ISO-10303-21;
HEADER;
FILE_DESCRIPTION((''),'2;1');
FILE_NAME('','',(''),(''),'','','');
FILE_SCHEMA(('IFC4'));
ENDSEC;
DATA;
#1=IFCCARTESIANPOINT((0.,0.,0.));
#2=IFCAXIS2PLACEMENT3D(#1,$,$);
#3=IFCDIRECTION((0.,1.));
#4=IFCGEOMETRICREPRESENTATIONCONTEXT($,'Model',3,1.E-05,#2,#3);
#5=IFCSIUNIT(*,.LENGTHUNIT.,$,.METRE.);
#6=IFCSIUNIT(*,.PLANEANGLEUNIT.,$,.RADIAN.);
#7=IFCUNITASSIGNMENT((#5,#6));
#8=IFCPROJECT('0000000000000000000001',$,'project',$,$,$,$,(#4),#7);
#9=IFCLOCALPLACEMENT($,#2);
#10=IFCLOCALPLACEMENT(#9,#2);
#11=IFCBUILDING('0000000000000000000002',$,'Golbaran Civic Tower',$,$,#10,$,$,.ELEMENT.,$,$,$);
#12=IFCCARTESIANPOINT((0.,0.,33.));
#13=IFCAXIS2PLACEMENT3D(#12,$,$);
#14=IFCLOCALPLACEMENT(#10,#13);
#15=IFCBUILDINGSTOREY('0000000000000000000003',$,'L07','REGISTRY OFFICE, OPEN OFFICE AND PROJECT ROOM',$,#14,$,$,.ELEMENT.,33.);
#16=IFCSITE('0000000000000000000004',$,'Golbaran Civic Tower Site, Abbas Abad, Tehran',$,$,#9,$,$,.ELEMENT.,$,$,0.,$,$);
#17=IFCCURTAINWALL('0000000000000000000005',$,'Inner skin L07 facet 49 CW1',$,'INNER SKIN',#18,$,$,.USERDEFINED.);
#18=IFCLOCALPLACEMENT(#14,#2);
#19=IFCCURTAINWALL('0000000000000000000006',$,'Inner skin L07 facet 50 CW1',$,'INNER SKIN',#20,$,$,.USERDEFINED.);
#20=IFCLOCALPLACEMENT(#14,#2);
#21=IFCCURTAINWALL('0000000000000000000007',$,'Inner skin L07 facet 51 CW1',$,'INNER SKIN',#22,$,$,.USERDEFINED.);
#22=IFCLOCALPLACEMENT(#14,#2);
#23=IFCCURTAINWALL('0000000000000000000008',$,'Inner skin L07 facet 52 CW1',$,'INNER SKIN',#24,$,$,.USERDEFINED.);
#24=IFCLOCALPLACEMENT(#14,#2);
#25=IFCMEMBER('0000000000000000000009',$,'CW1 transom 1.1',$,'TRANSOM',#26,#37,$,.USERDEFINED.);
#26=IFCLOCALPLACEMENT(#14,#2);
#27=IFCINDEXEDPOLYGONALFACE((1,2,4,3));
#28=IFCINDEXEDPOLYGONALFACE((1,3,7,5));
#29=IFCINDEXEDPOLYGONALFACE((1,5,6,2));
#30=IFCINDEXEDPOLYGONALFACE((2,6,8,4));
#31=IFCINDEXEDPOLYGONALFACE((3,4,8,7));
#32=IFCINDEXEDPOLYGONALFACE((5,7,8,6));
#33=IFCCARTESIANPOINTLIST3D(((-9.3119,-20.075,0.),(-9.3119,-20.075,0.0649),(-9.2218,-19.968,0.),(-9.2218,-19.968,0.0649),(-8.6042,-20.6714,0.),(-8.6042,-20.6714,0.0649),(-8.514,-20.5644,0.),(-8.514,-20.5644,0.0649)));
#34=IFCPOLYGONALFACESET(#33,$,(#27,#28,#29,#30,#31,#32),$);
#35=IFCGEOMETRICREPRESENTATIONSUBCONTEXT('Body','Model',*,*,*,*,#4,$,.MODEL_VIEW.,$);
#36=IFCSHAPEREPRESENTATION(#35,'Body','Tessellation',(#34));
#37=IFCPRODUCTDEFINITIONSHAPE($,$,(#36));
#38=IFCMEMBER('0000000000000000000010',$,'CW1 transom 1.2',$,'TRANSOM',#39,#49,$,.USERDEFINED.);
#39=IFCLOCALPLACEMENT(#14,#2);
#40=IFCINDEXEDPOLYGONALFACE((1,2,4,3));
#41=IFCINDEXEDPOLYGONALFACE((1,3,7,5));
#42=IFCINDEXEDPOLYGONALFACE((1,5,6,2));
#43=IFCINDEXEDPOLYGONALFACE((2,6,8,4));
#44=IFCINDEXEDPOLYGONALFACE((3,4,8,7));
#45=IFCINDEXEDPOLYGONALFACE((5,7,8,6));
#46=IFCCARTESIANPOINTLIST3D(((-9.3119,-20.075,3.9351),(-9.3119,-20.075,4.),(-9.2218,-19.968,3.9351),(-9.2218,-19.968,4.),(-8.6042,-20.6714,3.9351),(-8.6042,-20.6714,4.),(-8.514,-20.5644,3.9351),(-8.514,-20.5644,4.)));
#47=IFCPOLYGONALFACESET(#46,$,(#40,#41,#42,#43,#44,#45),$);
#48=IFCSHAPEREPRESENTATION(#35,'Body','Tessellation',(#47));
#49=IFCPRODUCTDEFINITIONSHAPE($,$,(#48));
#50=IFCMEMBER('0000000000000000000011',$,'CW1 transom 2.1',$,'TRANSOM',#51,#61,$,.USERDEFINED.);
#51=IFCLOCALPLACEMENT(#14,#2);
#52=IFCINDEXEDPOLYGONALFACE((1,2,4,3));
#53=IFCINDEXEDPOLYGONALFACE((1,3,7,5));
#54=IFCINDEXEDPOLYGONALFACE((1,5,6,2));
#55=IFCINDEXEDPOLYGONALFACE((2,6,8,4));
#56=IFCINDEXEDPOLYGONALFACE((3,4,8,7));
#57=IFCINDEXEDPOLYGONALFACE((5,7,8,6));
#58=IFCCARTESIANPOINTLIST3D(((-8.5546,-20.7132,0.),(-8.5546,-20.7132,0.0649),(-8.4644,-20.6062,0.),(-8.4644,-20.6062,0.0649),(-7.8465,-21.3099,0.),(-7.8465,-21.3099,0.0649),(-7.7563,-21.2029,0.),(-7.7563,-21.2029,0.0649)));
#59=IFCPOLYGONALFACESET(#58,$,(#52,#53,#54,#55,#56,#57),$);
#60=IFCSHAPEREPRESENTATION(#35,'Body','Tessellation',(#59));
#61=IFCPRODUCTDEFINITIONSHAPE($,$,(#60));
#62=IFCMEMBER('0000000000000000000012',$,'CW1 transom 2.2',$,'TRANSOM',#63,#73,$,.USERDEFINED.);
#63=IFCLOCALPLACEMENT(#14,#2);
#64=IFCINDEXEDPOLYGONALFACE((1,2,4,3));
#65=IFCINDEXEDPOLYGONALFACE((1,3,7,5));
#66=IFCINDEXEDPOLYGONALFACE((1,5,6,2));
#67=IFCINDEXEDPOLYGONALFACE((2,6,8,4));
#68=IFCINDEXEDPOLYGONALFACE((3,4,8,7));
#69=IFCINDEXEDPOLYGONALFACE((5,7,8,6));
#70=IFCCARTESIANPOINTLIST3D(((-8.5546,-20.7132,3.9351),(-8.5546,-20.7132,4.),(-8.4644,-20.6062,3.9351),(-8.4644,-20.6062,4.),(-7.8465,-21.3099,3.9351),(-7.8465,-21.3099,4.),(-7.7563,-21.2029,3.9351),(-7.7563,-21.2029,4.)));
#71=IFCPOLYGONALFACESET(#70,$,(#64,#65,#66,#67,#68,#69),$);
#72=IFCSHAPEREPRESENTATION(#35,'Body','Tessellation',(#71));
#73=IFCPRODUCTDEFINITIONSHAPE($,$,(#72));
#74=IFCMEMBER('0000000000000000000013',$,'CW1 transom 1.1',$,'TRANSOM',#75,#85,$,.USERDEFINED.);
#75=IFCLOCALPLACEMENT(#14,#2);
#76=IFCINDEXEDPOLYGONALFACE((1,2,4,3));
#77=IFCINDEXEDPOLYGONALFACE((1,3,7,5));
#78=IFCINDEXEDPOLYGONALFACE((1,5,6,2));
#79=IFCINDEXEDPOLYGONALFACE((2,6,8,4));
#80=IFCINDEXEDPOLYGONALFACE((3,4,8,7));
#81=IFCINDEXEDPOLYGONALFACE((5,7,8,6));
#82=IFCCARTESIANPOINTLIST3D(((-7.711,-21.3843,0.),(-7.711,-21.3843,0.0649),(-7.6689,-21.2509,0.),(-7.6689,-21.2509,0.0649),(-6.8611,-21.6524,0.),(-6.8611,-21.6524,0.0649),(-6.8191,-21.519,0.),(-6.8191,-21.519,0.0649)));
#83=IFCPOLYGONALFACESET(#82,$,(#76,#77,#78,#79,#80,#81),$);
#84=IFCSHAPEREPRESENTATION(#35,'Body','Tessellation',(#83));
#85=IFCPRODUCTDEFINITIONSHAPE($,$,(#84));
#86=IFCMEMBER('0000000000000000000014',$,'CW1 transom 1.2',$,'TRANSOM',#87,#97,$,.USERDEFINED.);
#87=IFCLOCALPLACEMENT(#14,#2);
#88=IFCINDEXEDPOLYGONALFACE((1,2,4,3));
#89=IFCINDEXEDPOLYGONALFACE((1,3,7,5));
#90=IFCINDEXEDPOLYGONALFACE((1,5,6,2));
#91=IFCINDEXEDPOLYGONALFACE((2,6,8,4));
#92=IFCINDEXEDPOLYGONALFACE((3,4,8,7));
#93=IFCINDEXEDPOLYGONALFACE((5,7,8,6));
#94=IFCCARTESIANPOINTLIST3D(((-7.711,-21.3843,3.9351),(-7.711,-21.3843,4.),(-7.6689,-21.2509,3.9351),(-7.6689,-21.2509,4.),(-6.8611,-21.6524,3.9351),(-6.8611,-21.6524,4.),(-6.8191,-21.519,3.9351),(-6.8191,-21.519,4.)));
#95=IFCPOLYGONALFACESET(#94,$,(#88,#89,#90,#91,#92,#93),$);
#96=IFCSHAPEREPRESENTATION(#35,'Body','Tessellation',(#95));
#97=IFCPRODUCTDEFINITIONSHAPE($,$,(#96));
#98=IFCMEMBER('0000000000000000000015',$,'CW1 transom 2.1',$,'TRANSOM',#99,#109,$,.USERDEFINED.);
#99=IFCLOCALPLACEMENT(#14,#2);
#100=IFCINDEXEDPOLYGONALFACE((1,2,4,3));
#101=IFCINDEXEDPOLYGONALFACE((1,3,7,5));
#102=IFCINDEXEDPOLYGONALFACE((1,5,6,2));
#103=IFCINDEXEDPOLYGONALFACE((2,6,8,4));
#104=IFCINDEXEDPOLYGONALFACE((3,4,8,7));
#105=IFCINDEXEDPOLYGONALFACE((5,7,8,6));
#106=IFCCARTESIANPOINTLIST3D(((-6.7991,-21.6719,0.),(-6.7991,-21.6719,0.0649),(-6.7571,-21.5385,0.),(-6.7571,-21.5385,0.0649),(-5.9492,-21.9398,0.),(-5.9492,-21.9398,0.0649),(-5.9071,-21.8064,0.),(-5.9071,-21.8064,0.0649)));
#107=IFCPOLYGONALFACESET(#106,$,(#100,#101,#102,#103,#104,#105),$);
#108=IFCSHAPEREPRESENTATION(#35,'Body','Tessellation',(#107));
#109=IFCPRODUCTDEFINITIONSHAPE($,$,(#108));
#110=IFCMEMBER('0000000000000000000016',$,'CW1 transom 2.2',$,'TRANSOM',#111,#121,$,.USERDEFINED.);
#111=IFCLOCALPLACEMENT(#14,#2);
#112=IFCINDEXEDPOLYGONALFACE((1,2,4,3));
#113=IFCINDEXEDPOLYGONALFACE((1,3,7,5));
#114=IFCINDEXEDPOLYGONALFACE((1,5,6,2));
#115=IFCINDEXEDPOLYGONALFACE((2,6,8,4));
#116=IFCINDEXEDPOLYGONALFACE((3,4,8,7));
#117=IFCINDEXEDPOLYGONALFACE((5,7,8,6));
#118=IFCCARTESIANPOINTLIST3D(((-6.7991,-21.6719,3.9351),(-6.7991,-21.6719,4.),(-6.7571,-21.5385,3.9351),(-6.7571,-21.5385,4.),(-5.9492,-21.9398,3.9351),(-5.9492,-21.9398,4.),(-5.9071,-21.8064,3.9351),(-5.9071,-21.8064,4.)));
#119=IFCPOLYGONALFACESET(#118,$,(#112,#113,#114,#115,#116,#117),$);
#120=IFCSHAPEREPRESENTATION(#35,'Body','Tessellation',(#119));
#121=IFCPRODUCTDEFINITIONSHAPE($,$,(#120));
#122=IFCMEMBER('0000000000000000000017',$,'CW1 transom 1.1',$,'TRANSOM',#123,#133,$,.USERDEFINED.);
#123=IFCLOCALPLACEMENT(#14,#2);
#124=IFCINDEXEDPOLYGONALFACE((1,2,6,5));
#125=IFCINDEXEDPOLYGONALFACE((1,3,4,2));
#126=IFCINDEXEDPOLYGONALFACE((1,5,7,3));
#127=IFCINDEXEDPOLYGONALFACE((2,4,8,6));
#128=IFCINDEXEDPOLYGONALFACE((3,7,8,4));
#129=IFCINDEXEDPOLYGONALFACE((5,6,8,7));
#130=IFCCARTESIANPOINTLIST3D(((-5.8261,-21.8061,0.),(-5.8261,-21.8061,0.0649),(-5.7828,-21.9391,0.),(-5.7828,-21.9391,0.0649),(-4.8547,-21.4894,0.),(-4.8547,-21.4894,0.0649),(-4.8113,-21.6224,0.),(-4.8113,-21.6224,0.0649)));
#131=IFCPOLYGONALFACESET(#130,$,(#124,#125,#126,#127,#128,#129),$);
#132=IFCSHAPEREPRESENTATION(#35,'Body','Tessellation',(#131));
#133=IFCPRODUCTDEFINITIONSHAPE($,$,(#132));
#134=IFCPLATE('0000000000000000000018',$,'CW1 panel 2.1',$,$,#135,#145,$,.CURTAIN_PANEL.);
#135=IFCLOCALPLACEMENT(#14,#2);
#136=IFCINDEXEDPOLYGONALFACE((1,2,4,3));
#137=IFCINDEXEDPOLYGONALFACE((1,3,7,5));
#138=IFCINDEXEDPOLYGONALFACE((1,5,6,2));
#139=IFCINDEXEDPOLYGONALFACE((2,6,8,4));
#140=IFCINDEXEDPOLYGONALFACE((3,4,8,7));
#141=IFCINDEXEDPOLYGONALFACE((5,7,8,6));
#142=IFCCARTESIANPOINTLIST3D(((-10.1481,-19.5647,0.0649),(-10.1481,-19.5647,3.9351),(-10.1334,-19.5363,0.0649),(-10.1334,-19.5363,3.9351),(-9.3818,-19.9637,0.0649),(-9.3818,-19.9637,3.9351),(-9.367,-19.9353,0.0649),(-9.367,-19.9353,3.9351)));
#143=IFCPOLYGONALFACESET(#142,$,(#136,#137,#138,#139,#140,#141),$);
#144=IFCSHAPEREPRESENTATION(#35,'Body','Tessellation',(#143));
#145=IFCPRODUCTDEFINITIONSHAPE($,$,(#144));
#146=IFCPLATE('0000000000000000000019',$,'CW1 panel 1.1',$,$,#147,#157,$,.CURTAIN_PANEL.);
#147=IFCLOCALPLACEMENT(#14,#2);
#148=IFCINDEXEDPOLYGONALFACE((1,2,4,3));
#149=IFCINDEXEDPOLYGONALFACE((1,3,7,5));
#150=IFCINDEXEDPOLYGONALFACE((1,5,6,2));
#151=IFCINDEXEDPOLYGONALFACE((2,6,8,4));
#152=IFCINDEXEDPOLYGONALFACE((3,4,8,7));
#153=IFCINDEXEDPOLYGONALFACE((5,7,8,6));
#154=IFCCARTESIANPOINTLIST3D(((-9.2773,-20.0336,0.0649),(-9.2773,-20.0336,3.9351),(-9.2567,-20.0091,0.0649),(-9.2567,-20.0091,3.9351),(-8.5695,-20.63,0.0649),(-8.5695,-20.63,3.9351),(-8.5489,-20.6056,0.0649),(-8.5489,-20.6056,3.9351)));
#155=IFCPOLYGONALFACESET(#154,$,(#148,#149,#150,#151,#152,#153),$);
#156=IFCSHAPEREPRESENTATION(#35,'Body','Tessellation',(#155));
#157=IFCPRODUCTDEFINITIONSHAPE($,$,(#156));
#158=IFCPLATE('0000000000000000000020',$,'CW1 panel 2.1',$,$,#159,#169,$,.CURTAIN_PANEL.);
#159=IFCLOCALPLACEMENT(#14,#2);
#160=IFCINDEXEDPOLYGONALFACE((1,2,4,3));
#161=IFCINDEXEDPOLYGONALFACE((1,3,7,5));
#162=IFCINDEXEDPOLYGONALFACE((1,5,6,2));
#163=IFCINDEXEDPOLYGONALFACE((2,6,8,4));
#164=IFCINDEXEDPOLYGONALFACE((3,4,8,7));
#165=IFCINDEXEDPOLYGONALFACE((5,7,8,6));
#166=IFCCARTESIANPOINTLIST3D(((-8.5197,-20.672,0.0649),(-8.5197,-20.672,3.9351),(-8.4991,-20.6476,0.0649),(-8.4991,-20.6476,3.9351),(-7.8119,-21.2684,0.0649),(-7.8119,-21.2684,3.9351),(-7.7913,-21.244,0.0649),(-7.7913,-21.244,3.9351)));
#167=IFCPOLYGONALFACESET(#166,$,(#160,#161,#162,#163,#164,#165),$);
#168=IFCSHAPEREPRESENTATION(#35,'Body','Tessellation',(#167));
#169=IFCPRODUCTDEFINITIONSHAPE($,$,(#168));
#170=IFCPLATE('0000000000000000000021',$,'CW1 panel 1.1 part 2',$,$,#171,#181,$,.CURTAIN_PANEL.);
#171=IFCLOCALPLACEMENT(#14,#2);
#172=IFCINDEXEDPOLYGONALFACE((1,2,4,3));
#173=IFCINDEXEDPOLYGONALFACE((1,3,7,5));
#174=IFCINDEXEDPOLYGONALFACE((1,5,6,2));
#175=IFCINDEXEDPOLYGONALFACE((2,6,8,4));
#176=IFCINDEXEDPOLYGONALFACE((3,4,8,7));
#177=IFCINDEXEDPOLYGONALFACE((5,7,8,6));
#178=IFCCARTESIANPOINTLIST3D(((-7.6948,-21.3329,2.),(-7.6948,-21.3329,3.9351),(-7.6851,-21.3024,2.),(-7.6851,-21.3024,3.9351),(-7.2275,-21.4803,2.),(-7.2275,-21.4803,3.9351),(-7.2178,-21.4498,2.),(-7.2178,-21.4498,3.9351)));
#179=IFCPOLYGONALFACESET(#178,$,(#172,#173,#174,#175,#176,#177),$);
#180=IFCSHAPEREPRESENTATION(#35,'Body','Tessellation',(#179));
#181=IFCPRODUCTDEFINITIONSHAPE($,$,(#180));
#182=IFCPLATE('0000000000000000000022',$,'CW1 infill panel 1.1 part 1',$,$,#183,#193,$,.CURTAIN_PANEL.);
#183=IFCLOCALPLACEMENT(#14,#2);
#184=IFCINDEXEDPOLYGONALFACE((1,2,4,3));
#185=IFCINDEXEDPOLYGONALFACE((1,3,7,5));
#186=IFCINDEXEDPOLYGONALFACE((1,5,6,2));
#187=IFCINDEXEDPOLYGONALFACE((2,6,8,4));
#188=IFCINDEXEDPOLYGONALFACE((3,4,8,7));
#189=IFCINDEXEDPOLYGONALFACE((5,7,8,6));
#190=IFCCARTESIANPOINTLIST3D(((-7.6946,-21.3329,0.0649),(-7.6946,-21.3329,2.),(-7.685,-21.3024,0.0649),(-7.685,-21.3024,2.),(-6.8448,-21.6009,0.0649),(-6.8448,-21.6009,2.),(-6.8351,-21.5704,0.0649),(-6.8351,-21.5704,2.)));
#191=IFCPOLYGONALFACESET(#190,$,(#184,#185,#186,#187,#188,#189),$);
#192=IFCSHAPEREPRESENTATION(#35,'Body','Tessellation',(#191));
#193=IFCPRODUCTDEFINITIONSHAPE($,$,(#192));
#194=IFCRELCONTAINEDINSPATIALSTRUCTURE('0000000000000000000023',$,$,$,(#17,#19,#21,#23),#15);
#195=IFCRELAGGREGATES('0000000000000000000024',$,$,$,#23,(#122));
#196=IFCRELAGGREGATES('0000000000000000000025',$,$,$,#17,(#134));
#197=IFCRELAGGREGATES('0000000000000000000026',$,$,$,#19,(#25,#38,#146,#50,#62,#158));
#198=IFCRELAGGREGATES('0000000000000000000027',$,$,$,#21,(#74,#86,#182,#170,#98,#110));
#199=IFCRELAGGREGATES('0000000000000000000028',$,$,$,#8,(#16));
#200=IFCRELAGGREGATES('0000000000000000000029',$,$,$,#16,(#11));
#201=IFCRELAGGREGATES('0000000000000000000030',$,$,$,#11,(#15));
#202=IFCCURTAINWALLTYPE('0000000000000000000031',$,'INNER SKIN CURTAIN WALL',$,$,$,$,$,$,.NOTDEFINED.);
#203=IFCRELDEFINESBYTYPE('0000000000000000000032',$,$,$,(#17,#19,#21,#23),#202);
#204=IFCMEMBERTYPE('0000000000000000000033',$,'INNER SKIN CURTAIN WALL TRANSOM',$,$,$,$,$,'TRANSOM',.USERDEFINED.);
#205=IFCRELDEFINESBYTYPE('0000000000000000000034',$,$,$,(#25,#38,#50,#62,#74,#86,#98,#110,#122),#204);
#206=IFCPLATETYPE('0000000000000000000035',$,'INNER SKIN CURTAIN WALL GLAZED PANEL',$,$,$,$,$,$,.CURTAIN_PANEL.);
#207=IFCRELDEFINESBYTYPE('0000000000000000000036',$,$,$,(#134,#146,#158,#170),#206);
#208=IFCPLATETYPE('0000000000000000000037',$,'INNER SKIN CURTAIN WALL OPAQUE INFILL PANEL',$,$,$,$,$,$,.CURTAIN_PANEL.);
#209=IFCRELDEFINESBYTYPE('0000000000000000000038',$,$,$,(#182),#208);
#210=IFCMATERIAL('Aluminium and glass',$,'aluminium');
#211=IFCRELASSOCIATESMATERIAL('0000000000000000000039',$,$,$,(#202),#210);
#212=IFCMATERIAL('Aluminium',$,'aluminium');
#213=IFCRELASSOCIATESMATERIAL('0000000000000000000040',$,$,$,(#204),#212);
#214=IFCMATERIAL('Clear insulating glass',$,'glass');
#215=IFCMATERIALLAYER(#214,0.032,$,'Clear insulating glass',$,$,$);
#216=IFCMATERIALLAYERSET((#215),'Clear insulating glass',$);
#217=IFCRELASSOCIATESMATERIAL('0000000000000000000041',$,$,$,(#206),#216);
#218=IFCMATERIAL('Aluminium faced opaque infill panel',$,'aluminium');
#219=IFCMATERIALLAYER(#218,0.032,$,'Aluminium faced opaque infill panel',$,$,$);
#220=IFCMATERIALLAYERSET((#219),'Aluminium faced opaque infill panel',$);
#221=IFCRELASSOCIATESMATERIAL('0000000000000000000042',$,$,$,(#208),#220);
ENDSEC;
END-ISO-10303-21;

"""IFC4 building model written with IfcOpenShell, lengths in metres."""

from ifc_helpers import new_model, si_unit, direction, frame, origin, origin_2d, place, context, subcontext, project, spatial, rectangle, extrude, material, layer, layer_set, material_profile, profile_set, type_object, element, aggregate, save


model = new_model("IFC4")

# Units and contexts
model_context = context("Model", 3, precision=1e-05, world=origin(), true_north=direction((0.0, 1.0)))
body_context = subcontext(model_context, "Body", "Model", "MODEL_VIEW")
ifc_project = project(units=[si_unit("LENGTHUNIT", "METRE"), si_unit("PLANEANGLEUNIT", "RADIAN")], contexts=[model_context])

# Site, building, storey
site_placement = place(None, origin())
site = spatial("IfcSite", under=ifc_project, at=site_placement, Name="Golbaran Civic Tower Site, Abbas Abad, Tehran", CompositionType="ELEMENT", RefElevation=0.0)
building_placement = place(site_placement, origin())
building = spatial("IfcBuilding", under=site, at=building_placement, Name="Golbaran Civic Tower", CompositionType="ELEMENT")
storey_placement = place(building_placement, frame((0.0, 0.0, 33.0)))
storey = spatial("IfcBuildingStorey", under=building, at=storey_placement, Name="L07", Description="REGISTRY OFFICE, OPEN OFFICE AND PROJECT ROOM", CompositionType="ELEMENT", Elevation=33.0)

# Curtain walls
ifc_material_1 = material(Name="Aluminium and glass", Category="aluminium")
curtain_wall_type = type_object("IfcCurtainWallType", Name="INNER SKIN CURTAIN WALL", PredefinedType="NOTDEFINED", material=ifc_material_1)
curtain_wall_1_placement = place(storey_placement, origin())
curtain_wall_1 = element("IfcCurtainWall", 1, at=curtain_wall_1_placement, inside=storey, type_object=curtain_wall_type, Name="Inner skin L07 facet 49 CW1", ObjectType="INNER SKIN", PredefinedType="USERDEFINED")
ifc_material_2 = material(Name="Aluminium", Category="aluminium")
curtain_wall_2_placement = place(storey_placement, origin())
curtain_wall_2 = element("IfcCurtainWall", 2, at=curtain_wall_2_placement, inside=storey, type_object=curtain_wall_type, Name="Inner skin L07 facet 50 CW1", ObjectType="INNER SKIN", PredefinedType="USERDEFINED")
curtain_wall_3_placement = place(storey_placement, origin())
curtain_wall_3 = element("IfcCurtainWall", 3, at=curtain_wall_3_placement, inside=storey, type_object=curtain_wall_type, Name="Inner skin L07 facet 51 CW1", ObjectType="INNER SKIN", PredefinedType="USERDEFINED")

# Curtain wall
curtain_wall_4_placement = place(storey_placement, origin())
curtain_wall_4 = element("IfcCurtainWall", 4, at=curtain_wall_4_placement, inside=storey, type_object=curtain_wall_type, Name="Inner skin L07 facet 52 CW1", ObjectType="INNER SKIN", PredefinedType="USERDEFINED")

# Members
ifc_material_profile_1 = material_profile(ifc_material_2, rectangle(XDim=0.1399, YDim=0.0649, at=origin_2d()), Name="INNER SKIN CURTAIN WALL TRANSOM")
ifc_profile_set_1 = profile_set([ifc_material_profile_1], Name="Aluminium")
member_type_1 = type_object("IfcMemberType", Name="INNER SKIN CURTAIN WALL TRANSOM", ElementType="TRANSOM", PredefinedType="USERDEFINED", material=ifc_profile_set_1)
member_1_placement = place(storey_placement, frame((-9.2668, -20.0215, 0.0325), z_axis=(0.764685, -0.644404, 0.0), x_axis=(0.644404, 0.764685, 0.0)))
member_1 = element("IfcMember", 5, at=member_1_placement, type_object=member_type_1, Name="CW1 transom 1.1", ObjectType="TRANSOM", PredefinedType="USERDEFINED", context=body_context, shape_type="SweptSolid", body=[
    extrude(rectangle(XDim=0.1399, YDim=0.0649, at=origin_2d()), origin(), (0.0, 0.0, 1.0), 0.9255),
])
member_2_placement = place(storey_placement, frame((-9.2668, -20.0215, 3.9675), z_axis=(0.764685, -0.644404, 0.0), x_axis=(0.644404, 0.764685, 0.0)))
member_2 = element("IfcMember", 6, at=member_2_placement, type_object=member_type_1, Name="CW1 transom 1.2", ObjectType="TRANSOM", PredefinedType="USERDEFINED", context=body_context, shape_type="SweptSolid", body=[
    extrude(rectangle(XDim=0.1399, YDim=0.0649, at=origin_2d()), origin(), (0.0, 0.0, 1.0), 0.9255),
])
member_3_placement = place(storey_placement, frame((-8.5095, -20.6597, 0.0325), z_axis=(0.764665, -0.644428, 0.0), x_axis=(0.644428, 0.764665, 0.0)))
member_3 = element("IfcMember", 7, at=member_3_placement, type_object=member_type_1, Name="CW1 transom 2.1", ObjectType="TRANSOM", PredefinedType="USERDEFINED", context=body_context, shape_type="SweptSolid", body=[
    extrude(rectangle(XDim=0.1399, YDim=0.0649, at=origin_2d()), origin(), (0.0, 0.0, 1.0), 0.926),
])
member_4_placement = place(storey_placement, frame((-8.5095, -20.6597, 3.9675), z_axis=(0.764665, -0.644428, 0.0), x_axis=(0.644428, 0.764665, 0.0)))
member_4 = element("IfcMember", 8, at=member_4_placement, type_object=member_type_1, Name="CW1 transom 2.2", ObjectType="TRANSOM", PredefinedType="USERDEFINED", context=body_context, shape_type="SweptSolid", body=[
    extrude(rectangle(XDim=0.1399, YDim=0.0649, at=origin_2d()), origin(), (0.0, 0.0, 1.0), 0.926),
])
member_5_placement = place(storey_placement, frame((-7.6899, -21.3176, 0.0325), z_axis=(0.953682, -0.300817, 0.0), x_axis=(0.300817, 0.953682, 0.0)))
member_5 = element("IfcMember", 9, at=member_5_placement, type_object=member_type_1, Name="CW1 transom 1.1", ObjectType="TRANSOM", PredefinedType="USERDEFINED", context=body_context, shape_type="SweptSolid", body=[
    extrude(rectangle(XDim=0.1399, YDim=0.0649, at=origin_2d()), origin(), (0.0, 0.0, 1.0), 0.8911),
])
member_6_placement = place(storey_placement, frame((-7.6899, -21.3176, 3.9675), z_axis=(0.953682, -0.300817, 0.0), x_axis=(0.300817, 0.953682, 0.0)))
member_6 = element("IfcMember", 10, at=member_6_placement, type_object=member_type_1, Name="CW1 transom 1.2", ObjectType="TRANSOM", PredefinedType="USERDEFINED", context=body_context, shape_type="SweptSolid", body=[
    extrude(rectangle(XDim=0.1399, YDim=0.0649, at=origin_2d()), origin(), (0.0, 0.0, 1.0), 0.8911),
])
member_7_placement = place(storey_placement, frame((-6.7781, -21.6052, 0.0325), z_axis=(0.953761, -0.300567, 0.0), x_axis=(0.300567, 0.953761, 0.0)))
member_7 = element("IfcMember", 11, at=member_7_placement, type_object=member_type_1, Name="CW1 transom 2.1", ObjectType="TRANSOM", PredefinedType="USERDEFINED", context=body_context, shape_type="SweptSolid", body=[
    extrude(rectangle(XDim=0.1399, YDim=0.0649, at=origin_2d()), origin(), (0.0, 0.0, 1.0), 0.8911),
])
member_8_placement = place(storey_placement, frame((-6.7781, -21.6052, 3.9675), z_axis=(0.953761, -0.300567, 0.0), x_axis=(0.300567, 0.953761, 0.0)))
member_8 = element("IfcMember", 12, at=member_8_placement, type_object=member_type_1, Name="CW1 transom 2.2", ObjectType="TRANSOM", PredefinedType="USERDEFINED", context=body_context, shape_type="SweptSolid", body=[
    extrude(rectangle(XDim=0.1399, YDim=0.0649, at=origin_2d()), origin(), (0.0, 0.0, 1.0), 0.8911),
])
member_9_placement = place(storey_placement, frame((-5.8044, -21.8726, 0.0325), z_axis=(0.950765, 0.309913, 0.0), x_axis=(-0.309913, 0.950765, 0.0)))
member_9 = element("IfcMember", 13, at=member_9_placement, type_object=member_type_1, Name="CW1 transom 1.1", ObjectType="TRANSOM", PredefinedType="USERDEFINED", context=body_context, shape_type="SweptSolid", body=[
    extrude(rectangle(XDim=0.1399, YDim=0.0649, at=origin_2d()), origin(), (0.0, 0.0, 1.0), 1.0217),
])
aggregate(curtain_wall_4, [member_9])

# Plates
ifc_material_3 = material(Name="Clear insulating glass", Category="glass")
ifc_layer_1 = layer(ifc_material_3, 0.032, Name="Clear insulating glass")
ifc_layer_set_1 = layer_set([ifc_layer_1], Name="Clear insulating glass")
plate_type_1 = type_object("IfcPlateType", Name="INNER SKIN CURTAIN WALL GLAZED PANEL", PredefinedType="CURTAIN_PANEL", material=ifc_layer_set_1)
plate_1_placement = place(storey_placement, frame((-9.7576, -19.75, 0.0649), z_axis=(0.0, 0.0, 1.0), x_axis=(0.887011, -0.461749, 0.0)))
plate_1 = element("IfcPlate", 14, at=plate_1_placement, type_object=plate_type_1, Name="CW1 panel 2.1", PredefinedType="CURTAIN_PANEL", context=body_context, shape_type="SweptSolid", body=[
    extrude(rectangle(XDim=0.864, YDim=0.032, at=origin_2d()), origin(), (0.0, 0.0, 1.0), 3.8701),
])
aggregate(curtain_wall_1, [plate_1])
plate_2_placement = place(storey_placement, frame((-8.9131, -20.3196, 0.0649), z_axis=(0.0, 0.0, 1.0), x_axis=(0.764692, -0.644395, 0.0)))
plate_2 = element("IfcPlate", 15, at=plate_2_placement, type_object=plate_type_1, Name="CW1 panel 1.1", PredefinedType="CURTAIN_PANEL", context=body_context, shape_type="SweptSolid", body=[
    extrude(rectangle(XDim=0.9255, YDim=0.032, at=origin_2d()), origin(), (0.0, 0.0, 1.0), 3.8701),
])
plate_3_placement = place(storey_placement, frame((-8.1555, -20.958, 0.0649), z_axis=(0.0, 0.0, 1.0), x_axis=(0.764692, -0.644395, 0.0)))
plate_3 = element("IfcPlate", 16, at=plate_3_placement, type_object=plate_type_1, Name="CW1 panel 2.1", PredefinedType="CURTAIN_PANEL", context=body_context, shape_type="SweptSolid", body=[
    extrude(rectangle(XDim=0.9255, YDim=0.032, at=origin_2d()), origin(), (0.0, 0.0, 1.0), 3.8701),
])
aggregate(curtain_wall_2, [member_1, member_2, plate_2, member_3, member_4, plate_3])
plate_4_placement = place(storey_placement, frame((-7.4563, -21.3914, 2.0), z_axis=(0.0, 0.0, 1.0), x_axis=(0.953717, -0.300706, 0.0)))
plate_4 = element("IfcPlate", 17, at=plate_4_placement, type_object=plate_type_1, Name="CW1 panel 1.1 part 2", PredefinedType="CURTAIN_PANEL", context=body_context, shape_type="SweptSolid", body=[
    extrude(rectangle(XDim=0.49, YDim=0.032, at=origin_2d()), origin(), (0.0, 0.0, 1.0), 1.9351),
])
ifc_material_4 = material(Name="Aluminium faced opaque infill panel", Category="aluminium")
ifc_layer_2 = layer(ifc_material_4, 0.032, Name="Aluminium faced opaque infill panel")
ifc_layer_set_2 = layer_set([ifc_layer_2], Name="Aluminium faced opaque infill panel")
plate_type_2 = type_object("IfcPlateType", Name="INNER SKIN CURTAIN WALL OPAQUE INFILL PANEL", PredefinedType="CURTAIN_PANEL", material=ifc_layer_set_2)
plate_5_placement = place(storey_placement, frame((-7.2649, -21.4517, 0.0649), z_axis=(0.0, 0.0, 1.0), x_axis=(0.953717, -0.300706, 0.0)))
plate_5 = element("IfcPlate", 18, at=plate_5_placement, type_object=plate_type_2, Name="CW1 infill panel 1.1 part 1", PredefinedType="CURTAIN_PANEL", context=body_context, shape_type="SweptSolid", body=[
    extrude(rectangle(XDim=0.8911, YDim=0.032, at=origin_2d()), origin(), (0.0, 0.0, 1.0), 1.9351),
])
aggregate(curtain_wall_3, [member_5, member_6, plate_5, plate_4, member_7, member_8])

save(model, "model.ifc")
